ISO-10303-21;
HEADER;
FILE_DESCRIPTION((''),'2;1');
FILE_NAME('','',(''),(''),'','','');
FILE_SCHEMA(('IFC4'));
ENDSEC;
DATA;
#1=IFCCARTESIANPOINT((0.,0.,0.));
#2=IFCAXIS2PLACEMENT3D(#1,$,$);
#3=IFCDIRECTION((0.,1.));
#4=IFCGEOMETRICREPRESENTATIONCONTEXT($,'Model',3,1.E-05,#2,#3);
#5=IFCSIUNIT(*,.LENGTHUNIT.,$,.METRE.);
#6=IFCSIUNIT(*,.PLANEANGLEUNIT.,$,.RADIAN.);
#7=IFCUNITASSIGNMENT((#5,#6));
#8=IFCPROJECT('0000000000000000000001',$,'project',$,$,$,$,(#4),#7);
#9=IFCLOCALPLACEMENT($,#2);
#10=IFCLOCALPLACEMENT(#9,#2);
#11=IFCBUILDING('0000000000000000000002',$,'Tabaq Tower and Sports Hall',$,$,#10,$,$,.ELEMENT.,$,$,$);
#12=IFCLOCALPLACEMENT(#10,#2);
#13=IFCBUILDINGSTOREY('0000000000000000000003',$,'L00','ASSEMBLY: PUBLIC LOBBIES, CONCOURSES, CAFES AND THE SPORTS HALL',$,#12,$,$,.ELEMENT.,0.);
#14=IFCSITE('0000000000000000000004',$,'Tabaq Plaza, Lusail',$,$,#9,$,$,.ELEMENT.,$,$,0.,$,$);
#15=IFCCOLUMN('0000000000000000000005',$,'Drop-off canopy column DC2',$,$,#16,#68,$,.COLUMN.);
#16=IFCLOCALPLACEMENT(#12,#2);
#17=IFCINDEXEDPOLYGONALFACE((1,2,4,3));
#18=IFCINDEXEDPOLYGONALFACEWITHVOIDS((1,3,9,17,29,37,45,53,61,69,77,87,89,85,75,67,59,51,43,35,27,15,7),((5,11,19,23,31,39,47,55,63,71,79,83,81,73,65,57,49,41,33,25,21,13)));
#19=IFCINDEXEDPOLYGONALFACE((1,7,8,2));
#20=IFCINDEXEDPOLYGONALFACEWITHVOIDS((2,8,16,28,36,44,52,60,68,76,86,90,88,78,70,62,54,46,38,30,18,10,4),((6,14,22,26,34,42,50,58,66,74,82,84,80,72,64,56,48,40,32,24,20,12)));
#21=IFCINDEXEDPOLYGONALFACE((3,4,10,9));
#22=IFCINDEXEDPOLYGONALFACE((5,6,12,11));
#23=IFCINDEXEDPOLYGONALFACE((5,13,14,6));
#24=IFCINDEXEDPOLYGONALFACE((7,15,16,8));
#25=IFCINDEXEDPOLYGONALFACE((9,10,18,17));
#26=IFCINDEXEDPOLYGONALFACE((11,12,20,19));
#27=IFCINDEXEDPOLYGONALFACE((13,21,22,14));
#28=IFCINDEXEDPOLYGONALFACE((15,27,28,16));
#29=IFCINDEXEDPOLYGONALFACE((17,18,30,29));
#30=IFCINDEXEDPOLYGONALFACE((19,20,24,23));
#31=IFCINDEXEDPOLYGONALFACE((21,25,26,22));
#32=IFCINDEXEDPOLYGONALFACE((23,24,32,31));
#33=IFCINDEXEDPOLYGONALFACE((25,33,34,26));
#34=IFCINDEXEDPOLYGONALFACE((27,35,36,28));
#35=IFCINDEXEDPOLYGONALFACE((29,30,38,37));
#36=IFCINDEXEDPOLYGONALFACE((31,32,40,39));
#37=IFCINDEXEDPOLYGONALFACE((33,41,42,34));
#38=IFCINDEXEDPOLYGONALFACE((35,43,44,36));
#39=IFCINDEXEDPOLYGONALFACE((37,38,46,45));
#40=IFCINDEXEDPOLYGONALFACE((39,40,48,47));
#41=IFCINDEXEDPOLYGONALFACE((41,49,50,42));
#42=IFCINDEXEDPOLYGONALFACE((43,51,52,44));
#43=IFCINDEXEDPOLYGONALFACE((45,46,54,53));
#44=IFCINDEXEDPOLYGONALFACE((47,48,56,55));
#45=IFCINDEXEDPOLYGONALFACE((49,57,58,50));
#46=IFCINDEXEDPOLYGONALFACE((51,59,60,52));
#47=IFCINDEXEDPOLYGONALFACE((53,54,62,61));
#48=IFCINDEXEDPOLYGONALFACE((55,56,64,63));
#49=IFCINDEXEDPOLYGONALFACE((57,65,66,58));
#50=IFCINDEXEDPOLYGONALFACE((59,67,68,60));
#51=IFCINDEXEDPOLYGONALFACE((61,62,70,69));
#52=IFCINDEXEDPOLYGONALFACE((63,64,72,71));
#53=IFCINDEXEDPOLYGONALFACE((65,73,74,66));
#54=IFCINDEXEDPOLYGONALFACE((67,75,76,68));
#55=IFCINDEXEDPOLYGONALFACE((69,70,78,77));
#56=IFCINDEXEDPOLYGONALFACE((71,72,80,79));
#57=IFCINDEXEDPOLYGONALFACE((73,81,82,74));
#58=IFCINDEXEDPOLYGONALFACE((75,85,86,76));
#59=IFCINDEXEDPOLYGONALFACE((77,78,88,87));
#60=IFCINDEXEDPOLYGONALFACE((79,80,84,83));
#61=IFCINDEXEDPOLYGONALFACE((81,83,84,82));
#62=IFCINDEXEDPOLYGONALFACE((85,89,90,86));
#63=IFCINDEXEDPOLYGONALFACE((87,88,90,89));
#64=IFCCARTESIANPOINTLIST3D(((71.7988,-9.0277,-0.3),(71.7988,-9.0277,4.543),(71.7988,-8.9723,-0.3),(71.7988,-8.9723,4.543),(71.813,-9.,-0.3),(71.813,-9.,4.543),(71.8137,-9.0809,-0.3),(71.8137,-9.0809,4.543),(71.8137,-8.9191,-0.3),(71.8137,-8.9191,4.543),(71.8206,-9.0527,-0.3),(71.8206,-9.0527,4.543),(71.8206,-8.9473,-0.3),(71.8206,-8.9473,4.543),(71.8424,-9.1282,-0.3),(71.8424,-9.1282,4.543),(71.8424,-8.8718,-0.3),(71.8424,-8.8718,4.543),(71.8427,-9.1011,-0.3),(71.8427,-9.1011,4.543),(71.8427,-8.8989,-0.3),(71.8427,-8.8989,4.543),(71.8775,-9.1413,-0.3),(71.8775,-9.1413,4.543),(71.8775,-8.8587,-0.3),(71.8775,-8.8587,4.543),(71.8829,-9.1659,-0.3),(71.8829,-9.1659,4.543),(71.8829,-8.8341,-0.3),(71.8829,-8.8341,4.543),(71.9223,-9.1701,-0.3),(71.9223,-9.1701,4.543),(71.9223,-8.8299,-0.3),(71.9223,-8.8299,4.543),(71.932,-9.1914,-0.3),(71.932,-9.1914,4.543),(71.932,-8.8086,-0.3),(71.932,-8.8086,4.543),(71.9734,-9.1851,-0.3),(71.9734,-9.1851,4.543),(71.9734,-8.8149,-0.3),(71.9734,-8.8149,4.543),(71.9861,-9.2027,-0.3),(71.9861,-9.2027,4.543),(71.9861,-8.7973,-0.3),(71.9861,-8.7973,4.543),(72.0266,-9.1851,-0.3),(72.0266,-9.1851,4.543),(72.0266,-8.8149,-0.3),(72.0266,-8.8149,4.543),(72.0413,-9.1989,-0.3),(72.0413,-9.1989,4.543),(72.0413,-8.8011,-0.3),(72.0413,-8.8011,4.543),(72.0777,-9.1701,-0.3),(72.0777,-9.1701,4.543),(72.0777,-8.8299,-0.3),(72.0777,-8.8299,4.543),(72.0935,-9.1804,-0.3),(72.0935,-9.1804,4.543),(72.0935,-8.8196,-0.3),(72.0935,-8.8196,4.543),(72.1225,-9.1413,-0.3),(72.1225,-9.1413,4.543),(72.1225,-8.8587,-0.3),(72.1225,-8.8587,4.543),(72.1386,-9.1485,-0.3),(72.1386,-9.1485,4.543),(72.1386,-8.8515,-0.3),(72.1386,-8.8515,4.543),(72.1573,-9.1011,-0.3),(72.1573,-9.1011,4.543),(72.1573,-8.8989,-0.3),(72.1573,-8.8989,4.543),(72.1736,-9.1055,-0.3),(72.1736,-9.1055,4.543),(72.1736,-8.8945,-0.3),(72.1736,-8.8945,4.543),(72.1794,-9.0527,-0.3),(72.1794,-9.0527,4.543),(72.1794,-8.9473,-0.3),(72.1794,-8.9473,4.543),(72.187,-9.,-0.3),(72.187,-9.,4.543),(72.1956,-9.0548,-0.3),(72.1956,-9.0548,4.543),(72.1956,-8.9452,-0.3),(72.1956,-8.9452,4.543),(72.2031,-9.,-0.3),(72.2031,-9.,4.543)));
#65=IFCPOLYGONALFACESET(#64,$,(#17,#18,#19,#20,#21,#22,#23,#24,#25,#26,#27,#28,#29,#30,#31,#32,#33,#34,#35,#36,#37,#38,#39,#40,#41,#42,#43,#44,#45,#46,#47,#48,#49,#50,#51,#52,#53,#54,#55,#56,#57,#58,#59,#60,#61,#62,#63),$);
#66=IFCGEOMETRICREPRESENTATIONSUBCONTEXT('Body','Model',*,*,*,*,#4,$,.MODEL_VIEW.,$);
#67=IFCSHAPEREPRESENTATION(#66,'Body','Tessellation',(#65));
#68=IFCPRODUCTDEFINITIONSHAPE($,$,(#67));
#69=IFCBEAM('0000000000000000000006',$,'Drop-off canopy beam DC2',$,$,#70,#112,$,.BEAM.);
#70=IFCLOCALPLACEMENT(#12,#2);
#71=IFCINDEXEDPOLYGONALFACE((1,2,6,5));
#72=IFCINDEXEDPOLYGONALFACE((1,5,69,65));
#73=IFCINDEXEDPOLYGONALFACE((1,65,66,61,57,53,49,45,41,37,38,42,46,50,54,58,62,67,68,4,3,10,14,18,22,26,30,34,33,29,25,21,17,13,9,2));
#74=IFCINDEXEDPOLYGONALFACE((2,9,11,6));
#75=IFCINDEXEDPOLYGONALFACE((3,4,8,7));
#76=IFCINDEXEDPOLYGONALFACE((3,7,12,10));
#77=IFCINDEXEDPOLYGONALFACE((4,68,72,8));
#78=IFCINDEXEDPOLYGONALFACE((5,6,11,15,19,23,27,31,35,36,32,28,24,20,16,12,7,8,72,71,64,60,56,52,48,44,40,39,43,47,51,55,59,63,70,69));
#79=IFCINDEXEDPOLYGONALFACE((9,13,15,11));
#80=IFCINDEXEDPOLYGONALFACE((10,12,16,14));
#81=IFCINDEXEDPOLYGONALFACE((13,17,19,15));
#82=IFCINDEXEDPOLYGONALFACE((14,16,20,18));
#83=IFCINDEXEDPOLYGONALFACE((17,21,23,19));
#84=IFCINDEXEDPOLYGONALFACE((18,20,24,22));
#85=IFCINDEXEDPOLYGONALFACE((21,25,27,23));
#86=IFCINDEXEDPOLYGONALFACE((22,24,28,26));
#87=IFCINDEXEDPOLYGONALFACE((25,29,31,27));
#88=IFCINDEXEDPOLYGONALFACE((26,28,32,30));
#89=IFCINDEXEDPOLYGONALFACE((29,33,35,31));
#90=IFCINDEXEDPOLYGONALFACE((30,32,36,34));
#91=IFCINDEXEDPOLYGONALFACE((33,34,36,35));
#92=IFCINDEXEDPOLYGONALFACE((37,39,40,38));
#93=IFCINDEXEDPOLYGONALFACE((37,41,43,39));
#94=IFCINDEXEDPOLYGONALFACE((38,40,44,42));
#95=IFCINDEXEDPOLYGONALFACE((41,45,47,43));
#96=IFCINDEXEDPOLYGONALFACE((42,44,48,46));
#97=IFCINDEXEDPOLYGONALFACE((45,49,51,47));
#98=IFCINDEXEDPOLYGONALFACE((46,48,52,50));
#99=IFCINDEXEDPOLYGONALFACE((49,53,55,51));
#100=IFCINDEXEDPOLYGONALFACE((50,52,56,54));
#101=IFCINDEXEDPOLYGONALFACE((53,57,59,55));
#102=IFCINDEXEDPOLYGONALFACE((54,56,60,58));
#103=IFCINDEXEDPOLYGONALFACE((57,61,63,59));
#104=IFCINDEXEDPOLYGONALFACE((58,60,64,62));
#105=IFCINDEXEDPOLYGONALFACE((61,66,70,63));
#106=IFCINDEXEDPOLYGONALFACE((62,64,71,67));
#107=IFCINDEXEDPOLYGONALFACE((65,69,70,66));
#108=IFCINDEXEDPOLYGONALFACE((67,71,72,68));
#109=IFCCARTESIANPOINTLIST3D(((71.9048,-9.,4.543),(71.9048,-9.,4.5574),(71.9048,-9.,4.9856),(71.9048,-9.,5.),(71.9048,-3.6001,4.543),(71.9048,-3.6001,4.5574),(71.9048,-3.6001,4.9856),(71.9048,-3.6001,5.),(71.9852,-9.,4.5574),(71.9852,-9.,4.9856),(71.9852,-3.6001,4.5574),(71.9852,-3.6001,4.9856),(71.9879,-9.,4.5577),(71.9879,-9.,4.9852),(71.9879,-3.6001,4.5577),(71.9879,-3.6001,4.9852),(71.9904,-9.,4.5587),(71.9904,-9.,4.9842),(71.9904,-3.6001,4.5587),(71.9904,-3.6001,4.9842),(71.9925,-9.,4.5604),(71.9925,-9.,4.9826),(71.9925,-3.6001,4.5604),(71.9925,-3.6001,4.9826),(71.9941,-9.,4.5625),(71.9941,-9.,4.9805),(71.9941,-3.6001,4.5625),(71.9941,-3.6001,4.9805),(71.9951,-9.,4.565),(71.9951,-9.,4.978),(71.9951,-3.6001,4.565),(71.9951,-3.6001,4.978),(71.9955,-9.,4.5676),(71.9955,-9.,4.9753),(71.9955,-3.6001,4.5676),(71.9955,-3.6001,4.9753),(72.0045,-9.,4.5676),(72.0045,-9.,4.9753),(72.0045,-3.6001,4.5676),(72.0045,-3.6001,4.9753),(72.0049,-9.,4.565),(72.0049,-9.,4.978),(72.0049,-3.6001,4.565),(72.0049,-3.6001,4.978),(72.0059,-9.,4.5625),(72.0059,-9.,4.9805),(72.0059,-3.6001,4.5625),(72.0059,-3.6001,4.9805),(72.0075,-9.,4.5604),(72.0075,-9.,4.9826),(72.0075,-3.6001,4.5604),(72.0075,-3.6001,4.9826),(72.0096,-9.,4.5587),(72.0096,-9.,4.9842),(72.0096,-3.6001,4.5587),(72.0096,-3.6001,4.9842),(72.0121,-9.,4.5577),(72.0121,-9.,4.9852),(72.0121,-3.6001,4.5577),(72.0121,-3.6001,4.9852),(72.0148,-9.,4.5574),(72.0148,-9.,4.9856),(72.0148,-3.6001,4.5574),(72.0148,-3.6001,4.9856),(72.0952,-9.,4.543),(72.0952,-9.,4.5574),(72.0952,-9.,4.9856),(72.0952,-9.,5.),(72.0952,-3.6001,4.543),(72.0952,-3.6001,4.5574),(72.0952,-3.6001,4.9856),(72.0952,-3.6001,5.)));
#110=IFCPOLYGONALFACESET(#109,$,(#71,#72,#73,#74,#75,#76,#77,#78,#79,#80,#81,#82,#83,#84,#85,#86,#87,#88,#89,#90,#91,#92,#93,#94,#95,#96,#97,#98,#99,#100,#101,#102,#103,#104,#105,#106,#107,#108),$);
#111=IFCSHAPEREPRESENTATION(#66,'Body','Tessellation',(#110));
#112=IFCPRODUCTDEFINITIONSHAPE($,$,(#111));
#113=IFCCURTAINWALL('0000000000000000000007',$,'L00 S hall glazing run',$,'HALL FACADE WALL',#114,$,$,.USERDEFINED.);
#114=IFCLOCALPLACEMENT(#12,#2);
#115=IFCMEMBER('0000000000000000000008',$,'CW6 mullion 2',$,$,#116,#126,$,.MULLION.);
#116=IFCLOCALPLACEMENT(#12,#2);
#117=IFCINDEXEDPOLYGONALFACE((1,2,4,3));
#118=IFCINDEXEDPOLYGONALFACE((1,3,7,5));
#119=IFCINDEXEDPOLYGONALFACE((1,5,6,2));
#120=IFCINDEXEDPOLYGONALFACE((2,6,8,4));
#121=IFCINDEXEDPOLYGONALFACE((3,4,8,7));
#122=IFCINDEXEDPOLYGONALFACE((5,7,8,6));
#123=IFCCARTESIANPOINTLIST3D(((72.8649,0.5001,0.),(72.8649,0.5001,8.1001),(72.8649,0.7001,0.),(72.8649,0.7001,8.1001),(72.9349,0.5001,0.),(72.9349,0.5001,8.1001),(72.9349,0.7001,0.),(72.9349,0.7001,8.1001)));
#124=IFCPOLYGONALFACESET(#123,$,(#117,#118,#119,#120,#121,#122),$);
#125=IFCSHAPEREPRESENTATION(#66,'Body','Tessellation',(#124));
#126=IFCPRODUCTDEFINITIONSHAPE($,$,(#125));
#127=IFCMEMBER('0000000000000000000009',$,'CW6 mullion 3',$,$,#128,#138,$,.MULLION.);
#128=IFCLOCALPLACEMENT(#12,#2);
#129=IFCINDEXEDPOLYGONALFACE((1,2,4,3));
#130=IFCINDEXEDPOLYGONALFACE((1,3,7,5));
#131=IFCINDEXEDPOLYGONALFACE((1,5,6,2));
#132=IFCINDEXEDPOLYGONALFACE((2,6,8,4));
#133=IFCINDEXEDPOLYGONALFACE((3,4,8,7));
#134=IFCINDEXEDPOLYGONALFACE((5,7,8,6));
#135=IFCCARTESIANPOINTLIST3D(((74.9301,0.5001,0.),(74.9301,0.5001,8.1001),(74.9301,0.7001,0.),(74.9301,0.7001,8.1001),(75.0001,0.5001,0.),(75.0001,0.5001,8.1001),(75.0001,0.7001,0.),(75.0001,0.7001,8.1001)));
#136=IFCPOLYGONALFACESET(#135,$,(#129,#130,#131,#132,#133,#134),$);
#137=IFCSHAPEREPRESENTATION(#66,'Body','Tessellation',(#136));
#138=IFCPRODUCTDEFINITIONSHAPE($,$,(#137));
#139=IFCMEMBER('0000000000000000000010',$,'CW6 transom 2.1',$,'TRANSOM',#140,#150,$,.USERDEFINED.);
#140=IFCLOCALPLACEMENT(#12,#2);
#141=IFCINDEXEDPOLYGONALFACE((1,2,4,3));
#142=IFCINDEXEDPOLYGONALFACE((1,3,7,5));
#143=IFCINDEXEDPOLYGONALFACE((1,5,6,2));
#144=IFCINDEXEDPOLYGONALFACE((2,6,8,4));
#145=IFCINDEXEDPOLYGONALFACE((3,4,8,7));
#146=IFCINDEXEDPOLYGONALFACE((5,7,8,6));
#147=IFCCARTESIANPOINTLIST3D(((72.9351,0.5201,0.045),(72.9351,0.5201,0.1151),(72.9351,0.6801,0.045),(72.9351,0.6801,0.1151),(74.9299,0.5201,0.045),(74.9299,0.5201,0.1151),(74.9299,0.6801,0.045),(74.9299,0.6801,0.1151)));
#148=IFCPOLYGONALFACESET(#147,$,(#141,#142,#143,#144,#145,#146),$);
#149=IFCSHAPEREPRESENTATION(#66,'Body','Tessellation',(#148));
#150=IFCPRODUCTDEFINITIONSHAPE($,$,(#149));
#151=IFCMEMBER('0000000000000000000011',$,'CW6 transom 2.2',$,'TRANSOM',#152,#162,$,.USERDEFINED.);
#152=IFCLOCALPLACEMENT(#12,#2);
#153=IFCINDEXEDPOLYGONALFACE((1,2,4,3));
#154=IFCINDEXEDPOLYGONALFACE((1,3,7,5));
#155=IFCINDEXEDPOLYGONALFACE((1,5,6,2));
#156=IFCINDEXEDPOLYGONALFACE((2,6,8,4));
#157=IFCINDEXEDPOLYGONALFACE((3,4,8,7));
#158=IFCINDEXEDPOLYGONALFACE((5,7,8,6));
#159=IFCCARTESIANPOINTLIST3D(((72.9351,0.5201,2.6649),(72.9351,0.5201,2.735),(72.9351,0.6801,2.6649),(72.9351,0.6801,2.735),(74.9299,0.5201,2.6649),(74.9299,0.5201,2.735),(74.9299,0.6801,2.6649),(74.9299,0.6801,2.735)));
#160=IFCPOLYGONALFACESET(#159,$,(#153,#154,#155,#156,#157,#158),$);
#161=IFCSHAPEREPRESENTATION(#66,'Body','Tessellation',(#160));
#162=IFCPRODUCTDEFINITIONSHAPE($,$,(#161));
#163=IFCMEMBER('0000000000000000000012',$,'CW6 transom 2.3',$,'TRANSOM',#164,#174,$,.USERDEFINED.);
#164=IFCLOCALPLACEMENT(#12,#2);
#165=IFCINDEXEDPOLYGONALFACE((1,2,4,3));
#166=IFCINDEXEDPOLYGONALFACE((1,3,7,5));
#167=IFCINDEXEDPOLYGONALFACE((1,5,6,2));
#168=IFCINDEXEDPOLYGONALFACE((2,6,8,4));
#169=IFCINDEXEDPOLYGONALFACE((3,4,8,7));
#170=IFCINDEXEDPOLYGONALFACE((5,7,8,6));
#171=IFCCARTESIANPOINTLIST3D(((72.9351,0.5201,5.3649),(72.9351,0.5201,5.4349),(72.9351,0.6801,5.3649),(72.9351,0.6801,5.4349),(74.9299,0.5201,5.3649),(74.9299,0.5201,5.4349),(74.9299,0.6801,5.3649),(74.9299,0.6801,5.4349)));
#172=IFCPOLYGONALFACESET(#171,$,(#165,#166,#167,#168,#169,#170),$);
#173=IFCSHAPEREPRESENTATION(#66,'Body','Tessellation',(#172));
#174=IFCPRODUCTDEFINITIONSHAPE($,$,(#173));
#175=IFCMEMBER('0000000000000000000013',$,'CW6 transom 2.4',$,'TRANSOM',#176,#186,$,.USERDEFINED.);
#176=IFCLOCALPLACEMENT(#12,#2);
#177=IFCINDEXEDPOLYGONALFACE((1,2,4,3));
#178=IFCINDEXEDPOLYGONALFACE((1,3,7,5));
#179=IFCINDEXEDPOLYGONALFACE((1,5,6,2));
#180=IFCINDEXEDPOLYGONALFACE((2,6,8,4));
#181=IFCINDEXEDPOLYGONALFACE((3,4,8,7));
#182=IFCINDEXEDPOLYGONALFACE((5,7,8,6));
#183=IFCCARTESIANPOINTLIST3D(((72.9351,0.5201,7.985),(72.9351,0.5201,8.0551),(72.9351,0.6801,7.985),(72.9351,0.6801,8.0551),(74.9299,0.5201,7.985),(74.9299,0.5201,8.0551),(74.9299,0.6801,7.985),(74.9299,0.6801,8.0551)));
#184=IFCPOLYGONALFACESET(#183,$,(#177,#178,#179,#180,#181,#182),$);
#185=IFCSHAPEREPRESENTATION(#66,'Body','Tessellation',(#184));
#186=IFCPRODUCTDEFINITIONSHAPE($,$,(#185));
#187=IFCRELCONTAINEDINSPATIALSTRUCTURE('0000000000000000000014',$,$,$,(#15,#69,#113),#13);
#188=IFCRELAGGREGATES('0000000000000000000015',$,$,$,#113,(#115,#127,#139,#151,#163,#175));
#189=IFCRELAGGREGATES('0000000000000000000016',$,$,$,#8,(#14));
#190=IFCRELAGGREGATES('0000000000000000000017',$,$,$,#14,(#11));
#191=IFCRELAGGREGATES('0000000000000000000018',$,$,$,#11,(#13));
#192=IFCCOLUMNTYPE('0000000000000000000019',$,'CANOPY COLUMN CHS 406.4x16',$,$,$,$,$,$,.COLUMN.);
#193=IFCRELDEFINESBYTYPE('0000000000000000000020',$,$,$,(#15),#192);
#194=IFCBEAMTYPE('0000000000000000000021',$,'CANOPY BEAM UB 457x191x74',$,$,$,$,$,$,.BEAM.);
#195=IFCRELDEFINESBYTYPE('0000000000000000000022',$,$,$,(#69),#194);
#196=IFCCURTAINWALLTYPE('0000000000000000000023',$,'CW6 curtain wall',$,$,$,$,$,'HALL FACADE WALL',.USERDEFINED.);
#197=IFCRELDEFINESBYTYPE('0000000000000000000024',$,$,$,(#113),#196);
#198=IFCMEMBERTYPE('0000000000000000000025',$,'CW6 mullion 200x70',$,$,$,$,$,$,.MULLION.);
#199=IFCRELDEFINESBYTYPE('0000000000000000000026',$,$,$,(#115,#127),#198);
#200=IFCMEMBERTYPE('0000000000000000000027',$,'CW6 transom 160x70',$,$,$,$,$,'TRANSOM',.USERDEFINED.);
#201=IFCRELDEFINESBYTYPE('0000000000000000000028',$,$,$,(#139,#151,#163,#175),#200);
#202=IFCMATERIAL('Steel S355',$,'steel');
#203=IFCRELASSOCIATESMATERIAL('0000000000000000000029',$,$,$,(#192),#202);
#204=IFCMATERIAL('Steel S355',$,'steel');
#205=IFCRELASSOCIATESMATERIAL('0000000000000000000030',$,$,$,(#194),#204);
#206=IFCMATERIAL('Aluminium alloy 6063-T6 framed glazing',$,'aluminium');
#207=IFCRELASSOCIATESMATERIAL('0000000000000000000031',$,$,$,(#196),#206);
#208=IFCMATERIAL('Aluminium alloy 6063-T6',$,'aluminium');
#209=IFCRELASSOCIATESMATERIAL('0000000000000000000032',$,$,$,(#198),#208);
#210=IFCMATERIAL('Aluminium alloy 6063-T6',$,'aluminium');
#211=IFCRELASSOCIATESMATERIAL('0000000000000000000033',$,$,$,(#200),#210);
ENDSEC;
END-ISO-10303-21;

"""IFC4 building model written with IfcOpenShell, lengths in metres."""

from ifc_helpers import new_model, si_unit, direction, frame, origin, origin_2d, place, context, subcontext, project, spatial, rectangle, hollow_circle, i_section, extrude, material, material_profile, profile_set, type_object, element, aggregate, save


model = new_model("IFC4")

# Units and contexts
model_context = context("Model", 3, precision=1e-05, world=origin(), true_north=direction((0.0, 1.0)))
body_context = subcontext(model_context, "Body", "Model", "MODEL_VIEW")
ifc_project = project(units=[si_unit("LENGTHUNIT", "METRE"), si_unit("PLANEANGLEUNIT", "RADIAN")], contexts=[model_context])

# Site, building, storey
site_placement = place(None, origin())
site = spatial("IfcSite", under=ifc_project, at=site_placement, Name="Tabaq Plaza, Lusail", CompositionType="ELEMENT", RefElevation=0.0)
building_placement = place(site_placement, origin())
building = spatial("IfcBuilding", under=site, at=building_placement, Name="Tabaq Tower and Sports Hall", CompositionType="ELEMENT")
storey_placement = place(building_placement, origin())
storey = spatial("IfcBuildingStorey", under=building, at=storey_placement, Name="L00", Description="ASSEMBLY: PUBLIC LOBBIES, CONCOURSES, CAFES AND THE SPORTS HALL", CompositionType="ELEMENT", Elevation=0.0)

# Column
ifc_material_1 = material(Name="Steel S355", Category="steel")
ifc_material_profile_1 = material_profile(ifc_material_1, hollow_circle(Radius=0.2031, WallThickness=0.0161, at=origin_2d()), Name="CHS 406.4x16")
ifc_profile_set_1 = profile_set([ifc_material_profile_1], Name="Steel S355")
column_type = type_object("IfcColumnType", Name="CANOPY COLUMN CHS 406.4x16", PredefinedType="COLUMN", material=ifc_profile_set_1)
for number, where, z_axis, x_axis, name in (
    (1, (72.0, -9.0, -0.3), (0.0, 0.0, 1.0), (1.0, 0.0, 0.0), "Drop-off canopy column DC2"),
):
    element("IfcColumn", number, at=place(storey_placement, frame(where, z_axis=z_axis, x_axis=x_axis)), inside=storey, type_object=column_type, Name=name, PredefinedType="COLUMN", context=body_context, shape_type="SweptSolid", body=[
        extrude(hollow_circle(Radius=0.2031, WallThickness=0.0161, at=origin_2d()), origin(), (0.0, 0.0, 1.0), 4.843),
    ])

# Beam
ifc_material_2 = material(Name="Steel S355", Category="steel")
ifc_material_profile_2 = material_profile(ifc_material_2, i_section(OverallWidth=0.1904, OverallDepth=0.457, WebThickness=0.009, FlangeThickness=0.0144, FilletRadius=0.0103, at=origin_2d()), Name="UB 457x191x74")
ifc_profile_set_2 = profile_set([ifc_material_profile_2], Name="Steel S355")
beam_type = type_object("IfcBeamType", Name="CANOPY BEAM UB 457x191x74", PredefinedType="BEAM", material=ifc_profile_set_2)
beam_placement = place(storey_placement, frame((72.0, -9.0, 4.7715), z_axis=(0.0, 1.0, 0.0), x_axis=(-1.0, 0.0, 0.0)))
element("IfcBeam", 2, at=beam_placement, inside=storey, type_object=beam_type, Name="Drop-off canopy beam DC2", PredefinedType="BEAM", context=body_context, shape_type="SweptSolid", body=[
    extrude(i_section(OverallWidth=0.1904, OverallDepth=0.457, WebThickness=0.009, FlangeThickness=0.0144, FilletRadius=0.0103, at=origin_2d()), origin(), (0.0, 0.0, 1.0), 5.3999),
])

# Curtain wall, members
ifc_material_3 = material(Name="Aluminium alloy 6063-T6 framed glazing", Category="aluminium")
curtain_wall_type = type_object("IfcCurtainWallType", Name="CW6 curtain wall", ElementType="HALL FACADE WALL", PredefinedType="USERDEFINED", material=ifc_material_3)
curtain_wall_placement = place(storey_placement, origin())
curtain_wall = element("IfcCurtainWall", 3, at=curtain_wall_placement, inside=storey, type_object=curtain_wall_type, Name="L00 S hall glazing run", ObjectType="HALL FACADE WALL", PredefinedType="USERDEFINED")
ifc_material_4 = material(Name="Aluminium alloy 6063-T6", Category="aluminium")
ifc_material_profile_3 = material_profile(ifc_material_4, rectangle(XDim=0.2, YDim=0.0701, at=origin_2d()), Name="MULLION 200x70")
ifc_profile_set_3 = profile_set([ifc_material_profile_3], Name="Aluminium alloy 6063-T6")
member_type_1 = type_object("IfcMemberType", Name="CW6 mullion 200x70", PredefinedType="MULLION", material=ifc_profile_set_3)
member_1_placement = place(storey_placement, frame((72.8999, 0.6001, 0.0), z_axis=(0.0, 0.0, 1.0), x_axis=(0.0, 1.0, 0.0)))
member_1 = element("IfcMember", 4, at=member_1_placement, type_object=member_type_1, Name="CW6 mullion 2", PredefinedType="MULLION", context=body_context, shape_type="SweptSolid", body=[
    extrude(rectangle(XDim=0.2, YDim=0.0701, at=origin_2d()), origin(), (0.0, 0.0, 1.0), 8.1001),
])
member_2_placement = place(storey_placement, frame((74.9651, 0.6001, 0.0), z_axis=(0.0, 0.0, 1.0), x_axis=(0.0, 1.0, 0.0)))
member_2 = element("IfcMember", 5, at=member_2_placement, type_object=member_type_1, Name="CW6 mullion 3", PredefinedType="MULLION", context=body_context, shape_type="SweptSolid", body=[
    extrude(rectangle(XDim=0.2, YDim=0.0701, at=origin_2d()), origin(), (0.0, 0.0, 1.0), 8.1001),
])
ifc_material_5 = material(Name="Aluminium alloy 6063-T6", Category="aluminium")
ifc_material_profile_4 = material_profile(ifc_material_5, rectangle(XDim=0.1599, YDim=0.0701, at=origin_2d()), Name="TRANSOM 160x70")
ifc_profile_set_4 = profile_set([ifc_material_profile_4], Name="Aluminium alloy 6063-T6")
member_type_2 = type_object("IfcMemberType", Name="CW6 transom 160x70", ElementType="TRANSOM", PredefinedType="USERDEFINED", material=ifc_profile_set_4)
member_3_placement = place(storey_placement, frame((72.9351, 0.6001, 0.0801), z_axis=(1.0, 0.0, 0.0), x_axis=(0.0, 1.0, 0.0)))
member_3 = element("IfcMember", 6, at=member_3_placement, type_object=member_type_2, Name="CW6 transom 2.1", ObjectType="TRANSOM", PredefinedType="USERDEFINED", context=body_context, shape_type="SweptSolid", body=[
    extrude(rectangle(XDim=0.1599, YDim=0.0701, at=origin_2d()), origin(), (0.0, 0.0, 1.0), 1.9949),
])
member_4_placement = place(storey_placement, frame((72.9351, 0.6001, 2.7), z_axis=(1.0, 0.0, 0.0), x_axis=(0.0, 1.0, 0.0)))
member_4 = element("IfcMember", 7, at=member_4_placement, type_object=member_type_2, Name="CW6 transom 2.2", ObjectType="TRANSOM", PredefinedType="USERDEFINED", context=body_context, shape_type="SweptSolid", body=[
    extrude(rectangle(XDim=0.1599, YDim=0.0701, at=origin_2d()), origin(), (0.0, 0.0, 1.0), 1.9949),
])
member_5_placement = place(storey_placement, frame((72.9351, 0.6001, 5.3999), z_axis=(1.0, 0.0, 0.0), x_axis=(0.0, 1.0, 0.0)))
member_5 = element("IfcMember", 8, at=member_5_placement, type_object=member_type_2, Name="CW6 transom 2.3", ObjectType="TRANSOM", PredefinedType="USERDEFINED", context=body_context, shape_type="SweptSolid", body=[
    extrude(rectangle(XDim=0.1599, YDim=0.0701, at=origin_2d()), origin(), (0.0, 0.0, 1.0), 1.9949),
])
member_6_placement = place(storey_placement, frame((72.9351, 0.6001, 8.02), z_axis=(1.0, 0.0, 0.0), x_axis=(0.0, 1.0, 0.0)))
member_6 = element("IfcMember", 9, at=member_6_placement, type_object=member_type_2, Name="CW6 transom 2.4", ObjectType="TRANSOM", PredefinedType="USERDEFINED", context=body_context, shape_type="SweptSolid", body=[
    extrude(rectangle(XDim=0.1599, YDim=0.0701, at=origin_2d()), origin(), (0.0, 0.0, 1.0), 1.9949),
])
aggregate(curtain_wall, [member_1, member_2, member_3, member_4, member_5, member_6])

save(model, "model.ifc")
